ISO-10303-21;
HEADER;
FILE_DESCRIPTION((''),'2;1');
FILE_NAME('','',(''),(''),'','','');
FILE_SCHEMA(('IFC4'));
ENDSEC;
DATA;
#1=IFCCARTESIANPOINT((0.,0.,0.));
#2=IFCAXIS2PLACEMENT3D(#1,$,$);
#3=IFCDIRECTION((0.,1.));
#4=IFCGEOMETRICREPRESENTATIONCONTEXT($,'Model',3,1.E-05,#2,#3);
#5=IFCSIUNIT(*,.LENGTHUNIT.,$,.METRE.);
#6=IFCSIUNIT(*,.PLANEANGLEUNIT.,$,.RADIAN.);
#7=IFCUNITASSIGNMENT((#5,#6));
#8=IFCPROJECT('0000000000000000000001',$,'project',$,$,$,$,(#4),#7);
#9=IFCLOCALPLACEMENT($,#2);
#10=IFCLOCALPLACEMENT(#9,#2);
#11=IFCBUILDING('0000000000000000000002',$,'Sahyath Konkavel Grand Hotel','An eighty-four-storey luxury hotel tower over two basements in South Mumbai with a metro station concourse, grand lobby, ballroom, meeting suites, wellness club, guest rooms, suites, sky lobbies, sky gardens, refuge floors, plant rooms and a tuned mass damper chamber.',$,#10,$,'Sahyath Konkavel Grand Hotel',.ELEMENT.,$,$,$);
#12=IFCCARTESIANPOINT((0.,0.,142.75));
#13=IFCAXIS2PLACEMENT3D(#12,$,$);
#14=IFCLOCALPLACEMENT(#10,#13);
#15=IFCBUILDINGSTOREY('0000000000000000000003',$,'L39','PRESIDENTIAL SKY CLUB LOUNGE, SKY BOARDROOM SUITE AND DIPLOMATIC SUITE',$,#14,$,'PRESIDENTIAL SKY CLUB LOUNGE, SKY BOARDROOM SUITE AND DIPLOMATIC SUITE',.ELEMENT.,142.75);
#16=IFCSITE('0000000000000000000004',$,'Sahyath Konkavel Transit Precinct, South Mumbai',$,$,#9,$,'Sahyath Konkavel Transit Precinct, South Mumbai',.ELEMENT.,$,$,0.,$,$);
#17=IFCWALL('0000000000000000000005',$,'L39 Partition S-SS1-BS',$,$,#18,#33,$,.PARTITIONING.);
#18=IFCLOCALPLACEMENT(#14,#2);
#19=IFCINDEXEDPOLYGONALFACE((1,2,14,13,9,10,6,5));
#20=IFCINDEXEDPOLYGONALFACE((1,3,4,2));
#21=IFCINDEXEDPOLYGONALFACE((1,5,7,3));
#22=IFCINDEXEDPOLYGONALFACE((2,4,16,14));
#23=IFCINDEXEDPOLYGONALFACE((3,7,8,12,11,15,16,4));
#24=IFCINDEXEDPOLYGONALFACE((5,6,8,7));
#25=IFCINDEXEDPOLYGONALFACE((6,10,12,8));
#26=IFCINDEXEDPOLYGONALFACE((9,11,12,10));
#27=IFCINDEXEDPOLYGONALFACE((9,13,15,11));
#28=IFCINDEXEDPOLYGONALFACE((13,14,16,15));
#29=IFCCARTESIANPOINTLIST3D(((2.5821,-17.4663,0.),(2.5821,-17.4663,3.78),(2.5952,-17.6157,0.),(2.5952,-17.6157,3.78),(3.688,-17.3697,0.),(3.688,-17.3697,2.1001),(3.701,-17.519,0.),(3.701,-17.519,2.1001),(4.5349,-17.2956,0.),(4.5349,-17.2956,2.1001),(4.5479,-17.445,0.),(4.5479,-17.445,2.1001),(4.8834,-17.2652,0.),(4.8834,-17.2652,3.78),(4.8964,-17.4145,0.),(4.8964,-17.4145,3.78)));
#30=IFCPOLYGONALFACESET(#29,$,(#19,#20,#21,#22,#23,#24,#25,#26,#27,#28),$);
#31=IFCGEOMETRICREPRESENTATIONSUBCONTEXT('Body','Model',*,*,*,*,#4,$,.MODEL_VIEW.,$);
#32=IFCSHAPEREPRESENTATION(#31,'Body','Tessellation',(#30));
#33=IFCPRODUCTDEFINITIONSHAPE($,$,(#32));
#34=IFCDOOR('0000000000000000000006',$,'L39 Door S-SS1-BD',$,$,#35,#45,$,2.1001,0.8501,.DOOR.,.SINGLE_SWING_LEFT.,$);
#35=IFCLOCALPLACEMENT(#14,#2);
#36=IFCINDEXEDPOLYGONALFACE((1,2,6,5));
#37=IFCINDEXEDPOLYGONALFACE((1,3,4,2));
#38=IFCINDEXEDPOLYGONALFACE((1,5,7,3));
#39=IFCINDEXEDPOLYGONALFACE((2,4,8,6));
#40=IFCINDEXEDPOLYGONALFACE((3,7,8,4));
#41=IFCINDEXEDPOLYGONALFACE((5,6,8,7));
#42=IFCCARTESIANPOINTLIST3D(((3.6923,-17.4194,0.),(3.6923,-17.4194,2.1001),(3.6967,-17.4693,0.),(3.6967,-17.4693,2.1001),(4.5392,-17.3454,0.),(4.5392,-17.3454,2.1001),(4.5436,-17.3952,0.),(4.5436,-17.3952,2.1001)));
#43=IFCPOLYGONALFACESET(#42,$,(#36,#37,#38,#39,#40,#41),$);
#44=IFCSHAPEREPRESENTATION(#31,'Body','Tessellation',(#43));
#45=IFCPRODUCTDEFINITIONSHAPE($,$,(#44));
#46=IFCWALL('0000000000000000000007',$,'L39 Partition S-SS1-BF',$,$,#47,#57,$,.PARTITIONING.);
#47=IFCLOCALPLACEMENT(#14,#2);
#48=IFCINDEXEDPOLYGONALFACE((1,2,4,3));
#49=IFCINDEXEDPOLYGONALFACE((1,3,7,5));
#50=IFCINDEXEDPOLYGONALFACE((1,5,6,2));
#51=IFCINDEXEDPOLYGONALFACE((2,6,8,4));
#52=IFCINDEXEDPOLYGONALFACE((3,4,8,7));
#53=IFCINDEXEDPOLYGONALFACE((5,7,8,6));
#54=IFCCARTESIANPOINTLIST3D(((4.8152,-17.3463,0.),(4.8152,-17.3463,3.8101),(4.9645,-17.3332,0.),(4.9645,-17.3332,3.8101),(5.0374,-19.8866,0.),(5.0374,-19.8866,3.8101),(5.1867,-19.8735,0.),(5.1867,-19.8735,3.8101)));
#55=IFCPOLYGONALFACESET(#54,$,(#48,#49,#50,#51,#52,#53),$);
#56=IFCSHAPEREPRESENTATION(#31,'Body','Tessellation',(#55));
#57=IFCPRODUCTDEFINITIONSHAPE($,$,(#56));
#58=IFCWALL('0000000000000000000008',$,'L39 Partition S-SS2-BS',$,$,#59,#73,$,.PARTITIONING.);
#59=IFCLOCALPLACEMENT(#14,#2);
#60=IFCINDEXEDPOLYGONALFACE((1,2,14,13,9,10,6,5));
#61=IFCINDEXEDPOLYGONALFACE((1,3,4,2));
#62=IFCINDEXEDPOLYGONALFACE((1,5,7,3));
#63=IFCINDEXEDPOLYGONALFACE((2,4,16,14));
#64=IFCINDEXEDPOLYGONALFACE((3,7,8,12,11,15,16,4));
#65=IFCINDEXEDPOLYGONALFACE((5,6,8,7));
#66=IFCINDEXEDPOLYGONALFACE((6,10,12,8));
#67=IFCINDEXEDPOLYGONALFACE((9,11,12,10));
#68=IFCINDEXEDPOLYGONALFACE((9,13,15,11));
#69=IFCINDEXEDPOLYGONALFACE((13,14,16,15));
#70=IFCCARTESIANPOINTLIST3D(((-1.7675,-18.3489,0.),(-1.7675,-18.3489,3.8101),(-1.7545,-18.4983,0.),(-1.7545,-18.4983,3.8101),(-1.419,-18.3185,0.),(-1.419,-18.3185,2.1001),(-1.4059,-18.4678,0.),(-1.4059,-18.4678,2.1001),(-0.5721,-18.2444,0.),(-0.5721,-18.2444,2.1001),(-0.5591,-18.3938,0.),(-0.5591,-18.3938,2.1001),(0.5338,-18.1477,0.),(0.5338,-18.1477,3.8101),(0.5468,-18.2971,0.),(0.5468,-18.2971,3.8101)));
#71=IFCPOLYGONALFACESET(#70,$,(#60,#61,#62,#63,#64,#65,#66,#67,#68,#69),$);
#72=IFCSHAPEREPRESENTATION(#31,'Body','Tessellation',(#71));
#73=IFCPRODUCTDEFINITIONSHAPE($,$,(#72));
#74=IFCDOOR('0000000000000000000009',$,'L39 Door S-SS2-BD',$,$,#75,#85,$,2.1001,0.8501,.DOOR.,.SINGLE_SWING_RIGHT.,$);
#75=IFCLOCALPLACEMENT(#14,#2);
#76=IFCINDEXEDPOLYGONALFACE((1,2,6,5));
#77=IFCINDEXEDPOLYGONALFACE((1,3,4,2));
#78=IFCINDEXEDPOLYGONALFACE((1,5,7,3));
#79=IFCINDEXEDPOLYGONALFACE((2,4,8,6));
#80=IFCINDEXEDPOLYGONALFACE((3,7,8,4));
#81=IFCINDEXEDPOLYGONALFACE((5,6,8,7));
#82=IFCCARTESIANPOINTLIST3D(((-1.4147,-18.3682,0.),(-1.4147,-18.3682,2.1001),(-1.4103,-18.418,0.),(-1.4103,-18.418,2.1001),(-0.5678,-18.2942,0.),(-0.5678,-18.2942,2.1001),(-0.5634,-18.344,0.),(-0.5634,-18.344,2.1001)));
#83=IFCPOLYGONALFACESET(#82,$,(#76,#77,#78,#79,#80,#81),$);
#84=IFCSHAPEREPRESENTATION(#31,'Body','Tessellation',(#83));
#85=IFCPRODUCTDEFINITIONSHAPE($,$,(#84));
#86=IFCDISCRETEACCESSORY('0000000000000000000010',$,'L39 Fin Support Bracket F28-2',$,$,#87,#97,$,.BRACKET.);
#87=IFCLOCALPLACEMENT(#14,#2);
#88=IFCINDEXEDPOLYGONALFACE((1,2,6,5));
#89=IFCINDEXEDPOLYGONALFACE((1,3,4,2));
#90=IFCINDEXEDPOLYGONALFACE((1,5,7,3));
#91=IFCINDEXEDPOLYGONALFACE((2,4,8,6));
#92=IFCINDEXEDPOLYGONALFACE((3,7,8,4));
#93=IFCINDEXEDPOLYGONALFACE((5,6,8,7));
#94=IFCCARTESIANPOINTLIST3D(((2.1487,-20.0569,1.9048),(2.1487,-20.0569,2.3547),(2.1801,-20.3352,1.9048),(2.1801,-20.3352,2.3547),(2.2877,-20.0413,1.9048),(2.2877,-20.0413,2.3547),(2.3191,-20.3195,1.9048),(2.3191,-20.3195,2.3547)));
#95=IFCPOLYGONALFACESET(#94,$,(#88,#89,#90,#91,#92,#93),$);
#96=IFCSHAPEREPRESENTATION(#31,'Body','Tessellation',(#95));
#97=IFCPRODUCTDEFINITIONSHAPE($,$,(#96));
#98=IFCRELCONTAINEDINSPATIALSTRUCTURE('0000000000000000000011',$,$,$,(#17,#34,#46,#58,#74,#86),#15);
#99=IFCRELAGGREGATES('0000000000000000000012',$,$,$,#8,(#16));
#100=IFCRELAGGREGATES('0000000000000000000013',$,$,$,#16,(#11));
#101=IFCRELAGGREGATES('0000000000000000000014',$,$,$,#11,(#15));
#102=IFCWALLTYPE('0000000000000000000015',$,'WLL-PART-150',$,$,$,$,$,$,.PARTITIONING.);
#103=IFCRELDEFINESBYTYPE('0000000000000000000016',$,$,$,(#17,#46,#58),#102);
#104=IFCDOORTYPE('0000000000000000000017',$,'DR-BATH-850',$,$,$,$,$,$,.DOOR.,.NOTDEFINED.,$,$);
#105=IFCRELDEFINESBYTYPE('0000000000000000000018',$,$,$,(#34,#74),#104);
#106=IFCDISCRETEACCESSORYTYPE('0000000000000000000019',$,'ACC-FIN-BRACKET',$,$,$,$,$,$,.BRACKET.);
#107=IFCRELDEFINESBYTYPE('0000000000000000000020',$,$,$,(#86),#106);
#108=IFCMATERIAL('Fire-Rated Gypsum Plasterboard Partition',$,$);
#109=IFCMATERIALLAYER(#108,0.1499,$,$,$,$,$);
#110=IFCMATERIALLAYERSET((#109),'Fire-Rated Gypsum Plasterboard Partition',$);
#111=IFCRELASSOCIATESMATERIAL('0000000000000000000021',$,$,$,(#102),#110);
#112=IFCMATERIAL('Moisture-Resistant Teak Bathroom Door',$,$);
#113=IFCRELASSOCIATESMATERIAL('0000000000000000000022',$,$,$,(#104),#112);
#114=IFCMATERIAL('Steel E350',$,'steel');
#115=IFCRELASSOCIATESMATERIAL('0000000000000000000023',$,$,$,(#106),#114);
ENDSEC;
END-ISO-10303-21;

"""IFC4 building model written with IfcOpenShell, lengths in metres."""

from ifc_helpers import new_model, si_unit, direction, frame, frame_2d, origin, origin_2d, place, context, subcontext, project, spatial, rectangle, extrude, source, transform, mapped, material, layer, layer_set, type_object, element, fill, save


model = new_model("IFC4")

# Units and contexts
model_context = context("Model", 3, precision=1e-05, world=origin(), true_north=direction((0.0, 1.0)))
body_context = subcontext(model_context, "Body", "Model", "MODEL_VIEW")
ifc_project = project(units=[si_unit("LENGTHUNIT", "METRE"), si_unit("PLANEANGLEUNIT", "RADIAN")], contexts=[model_context])

# Site, building, storey
site_placement = place(None, origin())
site = spatial("IfcSite", under=ifc_project, at=site_placement, Name="Sahyath Konkavel Transit Precinct, South Mumbai", LongName="Sahyath Konkavel Transit Precinct, South Mumbai", CompositionType="ELEMENT", RefElevation=0.0)
building_placement = place(site_placement, origin())
building = spatial("IfcBuilding", under=site, at=building_placement, Name="Sahyath Konkavel Grand Hotel", Description="An eighty-four-storey luxury hotel tower over two basements in South Mumbai with a metro station concourse, grand lobby, ballroom, meeting suites, wellness club, guest rooms, suites, sky lobbies, sky gardens, refuge floors, plant rooms and a tuned mass damper chamber.", LongName="Sahyath Konkavel Grand Hotel", CompositionType="ELEMENT")
storey_placement = place(building_placement, frame((0.0, 0.0, 142.75)))
storey = spatial("IfcBuildingStorey", under=building, at=storey_placement, Name="L39", Description="PRESIDENTIAL SKY CLUB LOUNGE, SKY BOARDROOM SUITE AND DIPLOMATIC SUITE", LongName="PRESIDENTIAL SKY CLUB LOUNGE, SKY BOARDROOM SUITE AND DIPLOMATIC SUITE", CompositionType="ELEMENT", Elevation=142.75)

# Shared definitions
ifc_material_1 = material(Name="Steel E350", Category="steel")

# Wall, opening, door
ifc_material_2 = material(Name="Fire-Rated Gypsum Plasterboard Partition")
ifc_layer_1 = layer(ifc_material_2, 0.1499)
ifc_layer_set_1 = layer_set([ifc_layer_1], Name="Fire-Rated Gypsum Plasterboard Partition")
wall_type_1 = type_object("IfcWallType", Name="WLL-PART-150", PredefinedType="PARTITIONING", material=ifc_layer_set_1)
shared_shape_1 = source(origin(), body_context, "Body", "SweptSolid", [
    extrude(rectangle(XDim=0.8501, YDim=0.05, at=origin_2d()), origin(), (0.0, 0.0, 1.0), 2.1001),
])
wall_1_placement = place(storey_placement, frame((2.5886, -17.541, 0.0), z_axis=(0.0, 0.0, 1.0), x_axis=(0.996201, 0.087086, 0.0)))
wall_1 = element("IfcWall", 1, at=wall_1_placement, inside=storey, type_object=wall_type_1, Name="L39 Partition S-SS1-BS", PredefinedType="PARTITIONING", context=body_context, shape_type="SweptSolid", body=[
    extrude(rectangle(XDim=2.3101, YDim=0.1499, at=frame_2d((1.155, 0.0))), origin(), (0.0, 0.0, 1.0), 3.78),
])
opening_1_placement = place(wall_1_placement, frame((1.1101, 0.0, 0.0)))
opening_1 = element("IfcOpeningElement", 2, at=opening_1_placement, cuts=wall_1, PredefinedType="OPENING", context=body_context, shape_type="SweptSolid", body=[
    extrude(rectangle(XDim=0.8501, YDim=2.1001, at=frame_2d((0.425, 1.05))), frame((0.0, 0.085, 0.0), z_axis=(0.0, -1.0, 0.0), x_axis=(1.0, 0.0, 0.0)), (0.0, 0.0, 1.0), 0.1699),
])
ifc_material_3 = material(Name="Moisture-Resistant Teak Bathroom Door")
door_type_1 = type_object("IfcDoorType", Name="DR-BATH-850", OperationType="NOTDEFINED", PredefinedType="DOOR", material=ifc_material_3)
door_1_placement = place(opening_1_placement, frame((0.425, 0.0, 0.0)))
door_1 = element("IfcDoor", 3, at=door_1_placement, inside=storey, type_object=door_type_1, Name="L39 Door S-SS1-BD", OperationType="SINGLE_SWING_LEFT", OverallHeight=2.1001, OverallWidth=0.8501, PredefinedType="DOOR", context=body_context, shape_type="MappedRepresentation", body=[
    mapped(shared_shape_1, transform((0.0, 0.0, 0.0), scale=1.0)),
])
fill(opening_1, door_1)

# Wall
wall_2_placement = place(storey_placement, frame((4.8899, -17.3398, 0.0), z_axis=(0.0, 0.0, 1.0), x_axis=(0.087125, -0.996197, 0.0)))
element("IfcWall", 4, at=wall_2_placement, inside=storey, type_object=wall_type_1, Name="L39 Partition S-SS1-BF", PredefinedType="PARTITIONING", context=body_context, shape_type="SweptSolid", body=[
    extrude(rectangle(XDim=2.55, YDim=0.1499, at=frame_2d((1.2749, 0.0))), origin(), (0.0, 0.0, 1.0), 3.8101),
])

# Wall, opening, door
wall_3_placement = place(storey_placement, frame((0.5403, -18.2224, 0.0), z_axis=(0.0, 0.0, 1.0), x_axis=(-0.996201, -0.087086, 0.0)))
wall_3 = element("IfcWall", 5, at=wall_3_placement, inside=storey, type_object=wall_type_1, Name="L39 Partition S-SS2-BS", PredefinedType="PARTITIONING", context=body_context, shape_type="SweptSolid", body=[
    extrude(rectangle(XDim=2.3101, YDim=0.1499, at=frame_2d((1.155, 0.0))), origin(), (0.0, 0.0, 1.0), 3.8101),
])
opening_2_placement = place(wall_3_placement, frame((1.1101, 0.0, 0.0)))
opening_2 = element("IfcOpeningElement", 6, at=opening_2_placement, cuts=wall_3, PredefinedType="OPENING", context=body_context, shape_type="SweptSolid", body=[
    extrude(rectangle(XDim=0.8501, YDim=2.1001, at=frame_2d((0.425, 1.05))), frame((0.0, 0.085, 0.0), z_axis=(0.0, -1.0, 0.0), x_axis=(1.0, 0.0, 0.0)), (0.0, 0.0, 1.0), 0.1699),
])
door_2_placement = place(opening_2_placement, frame((0.425, 0.0, 0.0)))
door_2 = element("IfcDoor", 7, at=door_2_placement, inside=storey, type_object=door_type_1, Name="L39 Door S-SS2-BD", OperationType="SINGLE_SWING_RIGHT", OverallHeight=2.1001, OverallWidth=0.8501, PredefinedType="DOOR", context=body_context, shape_type="MappedRepresentation", body=[
    mapped(shared_shape_1, transform((0.0, 0.0, 0.0), scale=1.0)),
])
fill(opening_2, door_2)

# Discrete accessory
discrete_accessory_type = type_object("IfcDiscreteAccessoryType", Name="ACC-FIN-BRACKET", PredefinedType="BRACKET", material=ifc_material_1)
shared_shape_2 = source(origin(), body_context, "Body", "SweptSolid", [
    extrude(rectangle(XDim=0.28, YDim=0.1399, at=origin_2d()), origin(), (0.0, 0.0, 1.0), 0.45),
])
discrete_accessory_placement = place(storey_placement, frame((2.2339, -20.1882, 1.9048), z_axis=(0.0, 0.0, 1.0), x_axis=(0.112007, -0.993707, 0.0)))
element("IfcDiscreteAccessory", 8, at=discrete_accessory_placement, inside=storey, type_object=discrete_accessory_type, Name="L39 Fin Support Bracket F28-2", PredefinedType="BRACKET", context=body_context, shape_type="MappedRepresentation", body=[
    mapped(shared_shape_2, transform((0.0, 0.0, 0.0), scale=1.0)),
])

save(model, "model.ifc")
